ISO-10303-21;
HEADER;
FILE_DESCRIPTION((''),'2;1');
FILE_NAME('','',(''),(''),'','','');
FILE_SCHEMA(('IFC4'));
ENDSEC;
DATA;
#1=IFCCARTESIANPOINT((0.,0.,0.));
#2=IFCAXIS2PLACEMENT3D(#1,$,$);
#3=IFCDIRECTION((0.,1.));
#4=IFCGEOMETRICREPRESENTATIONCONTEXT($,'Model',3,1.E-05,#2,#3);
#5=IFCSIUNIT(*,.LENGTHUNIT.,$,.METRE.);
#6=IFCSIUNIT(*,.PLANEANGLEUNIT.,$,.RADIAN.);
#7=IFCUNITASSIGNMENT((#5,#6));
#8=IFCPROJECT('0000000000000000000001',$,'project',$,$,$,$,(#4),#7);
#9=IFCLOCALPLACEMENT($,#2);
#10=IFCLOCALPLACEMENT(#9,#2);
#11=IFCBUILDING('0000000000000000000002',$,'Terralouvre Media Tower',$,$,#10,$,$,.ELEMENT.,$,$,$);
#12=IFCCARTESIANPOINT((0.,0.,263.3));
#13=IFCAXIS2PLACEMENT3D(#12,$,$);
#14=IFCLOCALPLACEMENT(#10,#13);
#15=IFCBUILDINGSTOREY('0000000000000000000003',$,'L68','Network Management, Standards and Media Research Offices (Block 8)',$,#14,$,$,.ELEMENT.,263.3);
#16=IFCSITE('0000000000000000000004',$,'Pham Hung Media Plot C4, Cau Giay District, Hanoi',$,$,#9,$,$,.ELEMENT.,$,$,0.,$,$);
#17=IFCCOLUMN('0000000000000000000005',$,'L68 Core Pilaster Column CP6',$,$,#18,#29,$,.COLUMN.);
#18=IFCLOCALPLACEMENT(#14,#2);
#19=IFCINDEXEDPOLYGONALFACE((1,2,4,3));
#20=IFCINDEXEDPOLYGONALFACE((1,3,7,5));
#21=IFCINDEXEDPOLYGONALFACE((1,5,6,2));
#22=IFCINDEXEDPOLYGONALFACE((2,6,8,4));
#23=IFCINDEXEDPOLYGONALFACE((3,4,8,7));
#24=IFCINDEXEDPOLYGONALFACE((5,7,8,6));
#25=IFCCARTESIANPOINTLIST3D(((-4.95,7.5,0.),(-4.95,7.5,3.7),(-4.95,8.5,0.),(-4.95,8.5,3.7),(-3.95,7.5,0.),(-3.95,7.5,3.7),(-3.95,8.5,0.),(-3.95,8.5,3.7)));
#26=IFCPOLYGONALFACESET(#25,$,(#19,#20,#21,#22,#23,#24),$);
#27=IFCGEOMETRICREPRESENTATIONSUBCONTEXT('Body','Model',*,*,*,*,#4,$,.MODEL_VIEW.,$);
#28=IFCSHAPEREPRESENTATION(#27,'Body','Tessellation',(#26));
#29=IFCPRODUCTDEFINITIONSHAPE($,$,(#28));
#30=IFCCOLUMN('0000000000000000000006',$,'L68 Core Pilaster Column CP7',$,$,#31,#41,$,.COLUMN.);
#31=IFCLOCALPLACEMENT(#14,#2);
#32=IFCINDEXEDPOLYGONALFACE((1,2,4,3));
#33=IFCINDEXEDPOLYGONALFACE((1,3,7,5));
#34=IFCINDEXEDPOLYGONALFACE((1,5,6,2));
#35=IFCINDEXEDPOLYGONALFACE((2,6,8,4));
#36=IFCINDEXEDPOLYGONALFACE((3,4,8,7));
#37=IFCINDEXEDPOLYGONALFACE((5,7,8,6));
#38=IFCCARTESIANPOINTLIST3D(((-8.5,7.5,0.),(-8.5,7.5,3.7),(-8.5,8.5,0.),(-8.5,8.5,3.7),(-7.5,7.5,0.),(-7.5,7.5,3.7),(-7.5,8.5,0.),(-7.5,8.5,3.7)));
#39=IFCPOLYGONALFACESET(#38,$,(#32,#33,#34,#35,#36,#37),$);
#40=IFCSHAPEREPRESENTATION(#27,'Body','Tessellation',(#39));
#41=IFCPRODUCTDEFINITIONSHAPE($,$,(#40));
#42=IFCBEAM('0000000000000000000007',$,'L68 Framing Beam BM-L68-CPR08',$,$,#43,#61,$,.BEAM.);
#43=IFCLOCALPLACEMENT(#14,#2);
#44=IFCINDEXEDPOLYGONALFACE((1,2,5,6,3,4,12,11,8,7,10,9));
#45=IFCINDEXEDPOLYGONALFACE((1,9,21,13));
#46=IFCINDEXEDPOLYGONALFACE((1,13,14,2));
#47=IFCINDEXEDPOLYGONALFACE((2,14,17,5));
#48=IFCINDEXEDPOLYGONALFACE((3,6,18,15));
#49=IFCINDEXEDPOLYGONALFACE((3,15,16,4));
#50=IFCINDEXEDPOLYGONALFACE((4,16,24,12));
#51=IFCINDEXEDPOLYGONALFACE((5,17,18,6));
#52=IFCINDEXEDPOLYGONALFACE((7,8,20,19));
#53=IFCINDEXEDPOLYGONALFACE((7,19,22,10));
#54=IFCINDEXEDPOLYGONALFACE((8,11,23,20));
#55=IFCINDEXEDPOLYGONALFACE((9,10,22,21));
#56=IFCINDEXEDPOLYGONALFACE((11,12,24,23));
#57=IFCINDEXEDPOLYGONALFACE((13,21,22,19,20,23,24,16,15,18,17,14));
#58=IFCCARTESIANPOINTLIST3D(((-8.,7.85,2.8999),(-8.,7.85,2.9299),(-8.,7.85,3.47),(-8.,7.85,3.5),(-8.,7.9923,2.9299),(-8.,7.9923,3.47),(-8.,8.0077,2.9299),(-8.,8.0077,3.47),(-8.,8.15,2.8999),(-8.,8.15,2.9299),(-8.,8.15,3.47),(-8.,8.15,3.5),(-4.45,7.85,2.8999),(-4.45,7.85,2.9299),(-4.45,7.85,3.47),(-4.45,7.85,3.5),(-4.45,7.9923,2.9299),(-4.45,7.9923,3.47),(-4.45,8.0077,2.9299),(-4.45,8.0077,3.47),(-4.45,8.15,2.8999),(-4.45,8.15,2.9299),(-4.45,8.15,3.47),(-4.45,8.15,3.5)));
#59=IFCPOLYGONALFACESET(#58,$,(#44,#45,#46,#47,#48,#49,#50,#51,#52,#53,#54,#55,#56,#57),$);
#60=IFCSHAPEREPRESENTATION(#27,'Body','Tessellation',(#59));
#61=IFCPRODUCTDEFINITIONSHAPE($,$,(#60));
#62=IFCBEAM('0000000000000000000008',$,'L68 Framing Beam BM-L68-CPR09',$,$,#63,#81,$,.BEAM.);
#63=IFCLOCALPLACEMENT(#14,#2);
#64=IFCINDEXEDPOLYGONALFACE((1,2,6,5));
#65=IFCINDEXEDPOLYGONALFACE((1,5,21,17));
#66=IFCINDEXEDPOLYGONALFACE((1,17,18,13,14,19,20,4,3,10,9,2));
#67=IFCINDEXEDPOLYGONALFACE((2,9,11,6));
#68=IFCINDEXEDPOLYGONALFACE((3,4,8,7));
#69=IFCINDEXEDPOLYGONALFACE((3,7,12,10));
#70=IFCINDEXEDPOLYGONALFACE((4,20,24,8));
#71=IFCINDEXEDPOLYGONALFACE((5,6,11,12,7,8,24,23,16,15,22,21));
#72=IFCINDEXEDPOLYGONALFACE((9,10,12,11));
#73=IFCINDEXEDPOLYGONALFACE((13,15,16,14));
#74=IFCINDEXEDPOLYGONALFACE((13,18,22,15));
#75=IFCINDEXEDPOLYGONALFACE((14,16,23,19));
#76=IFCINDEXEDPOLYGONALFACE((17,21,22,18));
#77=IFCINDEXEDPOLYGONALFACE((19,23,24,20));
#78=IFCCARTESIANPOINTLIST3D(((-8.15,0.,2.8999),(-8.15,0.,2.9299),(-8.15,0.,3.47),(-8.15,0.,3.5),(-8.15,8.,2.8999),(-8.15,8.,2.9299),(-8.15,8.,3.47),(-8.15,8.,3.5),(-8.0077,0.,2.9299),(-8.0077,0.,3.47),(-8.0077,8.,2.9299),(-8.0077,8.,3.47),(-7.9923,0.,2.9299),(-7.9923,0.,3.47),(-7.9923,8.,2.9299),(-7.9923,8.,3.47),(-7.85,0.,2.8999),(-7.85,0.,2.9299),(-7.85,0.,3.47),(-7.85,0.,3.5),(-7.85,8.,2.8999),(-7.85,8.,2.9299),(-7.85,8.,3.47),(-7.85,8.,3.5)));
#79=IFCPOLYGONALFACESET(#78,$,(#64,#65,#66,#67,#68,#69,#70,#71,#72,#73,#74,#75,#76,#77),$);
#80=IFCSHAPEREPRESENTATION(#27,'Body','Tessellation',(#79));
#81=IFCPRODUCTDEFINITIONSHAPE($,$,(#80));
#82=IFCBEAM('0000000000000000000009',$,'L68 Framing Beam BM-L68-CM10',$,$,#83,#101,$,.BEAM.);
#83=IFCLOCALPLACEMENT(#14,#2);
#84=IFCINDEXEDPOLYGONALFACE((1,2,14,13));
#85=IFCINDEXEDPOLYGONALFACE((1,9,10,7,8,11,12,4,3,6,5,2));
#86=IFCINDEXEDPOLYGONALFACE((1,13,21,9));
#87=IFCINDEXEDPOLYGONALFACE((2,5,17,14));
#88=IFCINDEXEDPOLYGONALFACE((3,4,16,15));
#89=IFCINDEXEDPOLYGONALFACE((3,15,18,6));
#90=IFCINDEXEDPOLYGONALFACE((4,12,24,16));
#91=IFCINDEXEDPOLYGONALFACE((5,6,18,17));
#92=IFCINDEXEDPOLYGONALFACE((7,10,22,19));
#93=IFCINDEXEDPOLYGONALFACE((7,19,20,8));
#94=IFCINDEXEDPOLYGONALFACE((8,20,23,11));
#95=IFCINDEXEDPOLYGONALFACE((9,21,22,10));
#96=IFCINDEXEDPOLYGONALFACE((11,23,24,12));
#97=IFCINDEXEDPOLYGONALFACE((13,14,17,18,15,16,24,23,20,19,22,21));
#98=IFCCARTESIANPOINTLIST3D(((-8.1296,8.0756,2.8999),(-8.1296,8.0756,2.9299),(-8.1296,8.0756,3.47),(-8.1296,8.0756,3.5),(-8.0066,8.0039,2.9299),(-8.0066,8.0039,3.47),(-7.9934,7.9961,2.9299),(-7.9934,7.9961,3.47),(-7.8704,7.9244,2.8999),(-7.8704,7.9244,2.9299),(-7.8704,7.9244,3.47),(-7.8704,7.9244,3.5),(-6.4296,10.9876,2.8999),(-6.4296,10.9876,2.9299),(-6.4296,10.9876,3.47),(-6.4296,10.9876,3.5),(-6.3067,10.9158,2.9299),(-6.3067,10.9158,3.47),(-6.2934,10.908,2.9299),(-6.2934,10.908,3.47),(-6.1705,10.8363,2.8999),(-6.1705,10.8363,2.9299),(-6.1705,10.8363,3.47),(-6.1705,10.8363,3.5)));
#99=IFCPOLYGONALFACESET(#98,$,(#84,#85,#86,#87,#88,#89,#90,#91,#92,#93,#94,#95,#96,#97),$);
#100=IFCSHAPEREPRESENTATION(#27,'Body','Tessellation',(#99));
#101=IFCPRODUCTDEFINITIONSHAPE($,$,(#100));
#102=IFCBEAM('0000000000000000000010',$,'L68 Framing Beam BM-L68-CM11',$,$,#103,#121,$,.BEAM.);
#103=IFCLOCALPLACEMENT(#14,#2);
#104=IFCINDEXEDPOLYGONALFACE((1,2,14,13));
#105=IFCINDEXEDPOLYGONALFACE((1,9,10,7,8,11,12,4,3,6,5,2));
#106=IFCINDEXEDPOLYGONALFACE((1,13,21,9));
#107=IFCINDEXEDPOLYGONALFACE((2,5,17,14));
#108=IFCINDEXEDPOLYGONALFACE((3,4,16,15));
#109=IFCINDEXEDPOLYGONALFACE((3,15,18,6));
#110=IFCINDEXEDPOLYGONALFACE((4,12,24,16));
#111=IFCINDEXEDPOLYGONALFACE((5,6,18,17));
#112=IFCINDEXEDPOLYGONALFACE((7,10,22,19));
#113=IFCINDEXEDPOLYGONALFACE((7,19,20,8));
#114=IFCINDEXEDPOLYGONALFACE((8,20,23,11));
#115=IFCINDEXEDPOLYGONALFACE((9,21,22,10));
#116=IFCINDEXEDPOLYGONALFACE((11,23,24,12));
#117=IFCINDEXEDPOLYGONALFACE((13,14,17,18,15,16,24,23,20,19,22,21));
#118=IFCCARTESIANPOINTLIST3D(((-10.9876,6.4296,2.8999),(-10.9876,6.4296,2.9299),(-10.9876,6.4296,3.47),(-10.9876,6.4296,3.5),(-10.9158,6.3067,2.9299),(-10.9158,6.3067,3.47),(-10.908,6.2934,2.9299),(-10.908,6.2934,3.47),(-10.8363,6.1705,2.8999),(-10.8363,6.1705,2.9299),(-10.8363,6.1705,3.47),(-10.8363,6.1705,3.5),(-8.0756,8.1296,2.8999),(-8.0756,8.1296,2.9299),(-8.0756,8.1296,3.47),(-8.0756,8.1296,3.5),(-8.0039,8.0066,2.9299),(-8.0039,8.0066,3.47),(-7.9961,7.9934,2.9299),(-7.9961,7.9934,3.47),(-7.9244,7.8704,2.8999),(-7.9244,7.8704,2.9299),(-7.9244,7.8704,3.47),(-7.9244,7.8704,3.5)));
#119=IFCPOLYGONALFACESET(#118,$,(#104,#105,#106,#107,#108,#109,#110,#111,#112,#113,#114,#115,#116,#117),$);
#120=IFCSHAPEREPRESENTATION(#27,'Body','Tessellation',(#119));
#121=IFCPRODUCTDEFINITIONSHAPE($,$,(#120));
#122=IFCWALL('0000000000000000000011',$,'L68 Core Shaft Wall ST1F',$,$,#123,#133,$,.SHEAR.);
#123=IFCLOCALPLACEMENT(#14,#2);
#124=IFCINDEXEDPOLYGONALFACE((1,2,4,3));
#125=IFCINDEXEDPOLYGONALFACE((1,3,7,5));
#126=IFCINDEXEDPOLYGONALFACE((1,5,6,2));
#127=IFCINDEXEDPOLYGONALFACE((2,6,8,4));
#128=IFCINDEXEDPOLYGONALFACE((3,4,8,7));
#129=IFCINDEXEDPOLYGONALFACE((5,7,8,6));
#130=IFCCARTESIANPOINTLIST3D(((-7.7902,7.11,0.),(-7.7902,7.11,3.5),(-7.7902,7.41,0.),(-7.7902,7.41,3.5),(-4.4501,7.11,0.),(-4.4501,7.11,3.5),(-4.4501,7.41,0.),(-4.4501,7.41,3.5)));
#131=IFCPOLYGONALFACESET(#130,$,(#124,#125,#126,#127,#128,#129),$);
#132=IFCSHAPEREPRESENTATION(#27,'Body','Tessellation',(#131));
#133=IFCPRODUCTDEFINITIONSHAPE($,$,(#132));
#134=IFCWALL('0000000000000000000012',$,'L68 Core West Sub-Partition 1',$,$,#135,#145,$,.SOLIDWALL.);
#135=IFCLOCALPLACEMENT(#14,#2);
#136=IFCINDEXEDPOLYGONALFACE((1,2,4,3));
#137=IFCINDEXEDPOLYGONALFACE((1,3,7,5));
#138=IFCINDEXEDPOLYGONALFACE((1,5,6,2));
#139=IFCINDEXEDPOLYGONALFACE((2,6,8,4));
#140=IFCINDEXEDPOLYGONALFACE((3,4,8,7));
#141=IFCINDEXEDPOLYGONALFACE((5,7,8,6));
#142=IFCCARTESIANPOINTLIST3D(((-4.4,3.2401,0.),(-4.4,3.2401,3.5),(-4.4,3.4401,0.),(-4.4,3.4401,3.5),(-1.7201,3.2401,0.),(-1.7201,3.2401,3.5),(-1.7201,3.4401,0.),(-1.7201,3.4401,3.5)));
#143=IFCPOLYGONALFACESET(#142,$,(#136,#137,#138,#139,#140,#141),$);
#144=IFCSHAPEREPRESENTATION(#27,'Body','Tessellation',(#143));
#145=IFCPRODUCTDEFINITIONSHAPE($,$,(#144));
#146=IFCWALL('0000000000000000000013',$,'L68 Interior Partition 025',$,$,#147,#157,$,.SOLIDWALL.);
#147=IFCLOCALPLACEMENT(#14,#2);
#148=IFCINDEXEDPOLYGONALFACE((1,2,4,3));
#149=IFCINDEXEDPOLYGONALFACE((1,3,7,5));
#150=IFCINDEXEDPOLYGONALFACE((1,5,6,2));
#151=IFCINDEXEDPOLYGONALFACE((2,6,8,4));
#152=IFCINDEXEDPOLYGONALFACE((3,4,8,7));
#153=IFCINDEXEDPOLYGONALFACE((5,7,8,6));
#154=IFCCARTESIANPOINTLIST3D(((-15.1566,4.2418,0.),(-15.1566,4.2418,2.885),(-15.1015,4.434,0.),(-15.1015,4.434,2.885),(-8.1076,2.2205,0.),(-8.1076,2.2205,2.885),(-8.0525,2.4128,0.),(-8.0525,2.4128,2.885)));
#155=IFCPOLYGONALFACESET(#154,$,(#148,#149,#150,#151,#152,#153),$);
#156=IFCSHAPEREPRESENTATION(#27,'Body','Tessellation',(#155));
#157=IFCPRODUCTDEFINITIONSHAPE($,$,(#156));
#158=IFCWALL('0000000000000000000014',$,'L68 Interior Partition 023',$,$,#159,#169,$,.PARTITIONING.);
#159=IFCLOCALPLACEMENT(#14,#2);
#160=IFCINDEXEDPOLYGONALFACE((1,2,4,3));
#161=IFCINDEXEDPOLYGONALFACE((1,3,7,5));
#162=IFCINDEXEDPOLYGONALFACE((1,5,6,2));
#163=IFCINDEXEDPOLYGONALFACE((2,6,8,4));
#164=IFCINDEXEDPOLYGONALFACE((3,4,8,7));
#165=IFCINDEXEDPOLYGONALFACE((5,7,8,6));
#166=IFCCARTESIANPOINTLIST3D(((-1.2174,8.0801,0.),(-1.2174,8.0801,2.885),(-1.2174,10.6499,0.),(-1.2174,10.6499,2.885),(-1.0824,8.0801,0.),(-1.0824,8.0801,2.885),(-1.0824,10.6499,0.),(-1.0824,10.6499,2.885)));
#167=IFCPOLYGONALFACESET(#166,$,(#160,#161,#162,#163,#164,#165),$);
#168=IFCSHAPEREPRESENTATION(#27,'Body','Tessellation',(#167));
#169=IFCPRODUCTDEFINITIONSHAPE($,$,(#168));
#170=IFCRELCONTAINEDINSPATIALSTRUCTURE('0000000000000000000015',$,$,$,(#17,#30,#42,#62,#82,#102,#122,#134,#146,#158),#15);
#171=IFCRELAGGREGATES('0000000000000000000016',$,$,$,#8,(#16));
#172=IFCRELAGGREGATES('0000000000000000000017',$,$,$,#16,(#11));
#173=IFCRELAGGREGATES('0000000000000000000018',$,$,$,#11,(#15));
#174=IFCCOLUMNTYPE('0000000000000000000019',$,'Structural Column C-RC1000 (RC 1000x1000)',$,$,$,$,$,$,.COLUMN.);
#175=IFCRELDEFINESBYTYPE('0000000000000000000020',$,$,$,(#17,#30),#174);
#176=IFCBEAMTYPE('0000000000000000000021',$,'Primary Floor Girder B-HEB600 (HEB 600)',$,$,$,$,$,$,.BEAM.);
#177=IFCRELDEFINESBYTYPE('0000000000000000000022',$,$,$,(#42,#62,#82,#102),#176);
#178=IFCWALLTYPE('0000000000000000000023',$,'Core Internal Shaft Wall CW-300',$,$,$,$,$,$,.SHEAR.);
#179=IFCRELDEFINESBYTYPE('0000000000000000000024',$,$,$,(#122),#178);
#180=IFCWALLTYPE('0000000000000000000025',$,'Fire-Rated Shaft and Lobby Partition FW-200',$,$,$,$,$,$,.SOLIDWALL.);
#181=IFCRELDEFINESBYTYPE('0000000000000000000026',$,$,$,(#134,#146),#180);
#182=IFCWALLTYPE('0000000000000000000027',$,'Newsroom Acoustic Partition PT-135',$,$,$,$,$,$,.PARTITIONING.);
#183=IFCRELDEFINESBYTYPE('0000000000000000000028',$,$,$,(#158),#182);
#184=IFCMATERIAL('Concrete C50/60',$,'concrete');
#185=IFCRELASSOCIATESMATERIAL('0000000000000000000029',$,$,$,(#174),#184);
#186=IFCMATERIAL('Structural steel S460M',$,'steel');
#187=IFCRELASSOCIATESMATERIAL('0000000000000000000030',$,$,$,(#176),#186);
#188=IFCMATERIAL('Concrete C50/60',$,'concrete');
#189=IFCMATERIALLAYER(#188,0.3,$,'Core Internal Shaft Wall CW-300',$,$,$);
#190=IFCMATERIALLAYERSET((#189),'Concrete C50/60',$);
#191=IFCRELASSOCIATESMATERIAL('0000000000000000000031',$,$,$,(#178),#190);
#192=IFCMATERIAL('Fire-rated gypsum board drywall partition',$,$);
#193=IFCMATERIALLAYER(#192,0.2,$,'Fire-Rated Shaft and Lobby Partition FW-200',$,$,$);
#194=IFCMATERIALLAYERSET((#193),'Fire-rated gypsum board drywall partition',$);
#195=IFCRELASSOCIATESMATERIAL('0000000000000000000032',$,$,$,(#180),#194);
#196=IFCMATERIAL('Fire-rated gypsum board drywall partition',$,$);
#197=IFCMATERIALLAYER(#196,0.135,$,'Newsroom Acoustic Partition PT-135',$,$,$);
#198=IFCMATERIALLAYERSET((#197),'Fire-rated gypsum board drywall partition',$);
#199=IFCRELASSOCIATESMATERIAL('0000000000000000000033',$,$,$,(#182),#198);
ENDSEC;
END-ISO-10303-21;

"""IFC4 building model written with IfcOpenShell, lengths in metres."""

from ifc_helpers import new_model, si_unit, direction, frame, frame_2d, origin, origin_2d, place, context, subcontext, project, spatial, rectangle, i_section, extrude, material, layer, layer_set, material_profile, profile_set, type_object, element, save


model = new_model("IFC4")

# Units and contexts
model_context = context("Model", 3, precision=1e-05, world=origin(), true_north=direction((0.0, 1.0)))
body_context = subcontext(model_context, "Body", "Model", "MODEL_VIEW")
ifc_project = project(units=[si_unit("LENGTHUNIT", "METRE"), si_unit("PLANEANGLEUNIT", "RADIAN")], contexts=[model_context])

# Site, building, storey
site_placement = place(None, origin())
site = spatial("IfcSite", under=ifc_project, at=site_placement, Name="Pham Hung Media Plot C4, Cau Giay District, Hanoi", CompositionType="ELEMENT", RefElevation=0.0)
building_placement = place(site_placement, origin())
building = spatial("IfcBuilding", under=site, at=building_placement, Name="Terralouvre Media Tower", CompositionType="ELEMENT")
storey_placement = place(building_placement, frame((0.0, 0.0, 263.3)))
storey = spatial("IfcBuildingStorey", under=building, at=storey_placement, Name="L68", Description="Network Management, Standards and Media Research Offices (Block 8)", CompositionType="ELEMENT", Elevation=263.3)

# Columns
ifc_material_1 = material(Name="Concrete C50/60", Category="concrete")
ifc_material_profile_1 = material_profile(ifc_material_1, rectangle(XDim=1.0, YDim=1.0, at=origin_2d()), Name="RC 1000x1000")
ifc_profile_set_1 = profile_set([ifc_material_profile_1], Name="Concrete C50/60")
column_type = type_object("IfcColumnType", Name="Structural Column C-RC1000 (RC 1000x1000)", PredefinedType="COLUMN", material=ifc_profile_set_1)
for number, where, z_axis, x_axis, name in (
    (1, (-4.45, 8.0, 0.0), (0.0, 0.0, 1.0), (1.0, 0.0, 0.0), "L68 Core Pilaster Column CP6"),
    (2, (-8.0, 8.0, 0.0), (0.0, 0.0, 1.0), (1.0, 0.0, 0.0), "L68 Core Pilaster Column CP7"),
):
    element("IfcColumn", number, at=place(storey_placement, frame(where, z_axis=z_axis, x_axis=x_axis)), inside=storey, type_object=column_type, Name=name, PredefinedType="COLUMN", context=body_context, shape_type="SweptSolid", body=[
        extrude(rectangle(XDim=1.0, YDim=1.0, at=origin_2d()), origin(), (0.0, 0.0, 1.0), 3.7),
    ])

# Beams
ifc_material_2 = material(Name="Structural steel S460M", Category="steel")
ifc_material_profile_2 = material_profile(ifc_material_2, i_section(OverallWidth=0.3, OverallDepth=0.6001, WebThickness=0.0154, FlangeThickness=0.03, at=origin_2d()), Name="HEB 600")
ifc_profile_set_2 = profile_set([ifc_material_profile_2], Name="Structural steel S460M")
beam_type = type_object("IfcBeamType", Name="Primary Floor Girder B-HEB600 (HEB 600)", PredefinedType="BEAM", material=ifc_profile_set_2)
beam_1_placement = place(storey_placement, frame((-4.45, 8.0, 3.2), z_axis=(-1.0, 0.0, 0.0), x_axis=(0.0, -1.0, 0.0)))
element("IfcBeam", 3, at=beam_1_placement, inside=storey, type_object=beam_type, Name="L68 Framing Beam BM-L68-CPR08", PredefinedType="BEAM", context=body_context, shape_type="SweptSolid", body=[
    extrude(i_section(OverallWidth=0.3, OverallDepth=0.6001, WebThickness=0.0154, FlangeThickness=0.03, at=origin_2d()), origin(), (0.0, 0.0, 1.0), 3.55),
])
beam_2_placement = place(storey_placement, frame((-8.0, 8.0, 3.2), z_axis=(0.0, -1.0, 0.0), x_axis=(1.0, 0.0, 0.0)))
element("IfcBeam", 4, at=beam_2_placement, inside=storey, type_object=beam_type, Name="L68 Framing Beam BM-L68-CPR09", PredefinedType="BEAM", context=body_context, shape_type="SweptSolid", body=[
    extrude(i_section(OverallWidth=0.3, OverallDepth=0.6001, WebThickness=0.0154, FlangeThickness=0.03, at=origin_2d()), origin(), (0.0, 0.0, 1.0), 8.0),
])
for number, where, z_axis, x_axis, name in (
    (5, (-8.0, 8.0, 3.2), (0.504173, 0.863603, 0.0), (-0.863603, 0.504173, 0.0), "L68 Framing Beam BM-L68-CM10"),
    (6, (-8.0, 8.0, 3.2), (-0.863603, -0.504173, 0.0), (0.504173, -0.863603, 0.0), "L68 Framing Beam BM-L68-CM11"),
):
    element("IfcBeam", number, at=place(storey_placement, frame(where, z_axis=z_axis, x_axis=x_axis)), inside=storey, type_object=beam_type, Name=name, PredefinedType="BEAM", context=body_context, shape_type="SweptSolid", body=[
        extrude(i_section(OverallWidth=0.3, OverallDepth=0.6001, WebThickness=0.0154, FlangeThickness=0.03, at=origin_2d()), origin(), (0.0, 0.0, 1.0), 3.3718),
    ])

# Shared definitions
ifc_material_3 = material(Name="Concrete C50/60", Category="concrete")
ifc_layer_1 = layer(ifc_material_3, 0.3, Name="Core Internal Shaft Wall CW-300")
ifc_layer_set_1 = layer_set([ifc_layer_1], Name="Concrete C50/60")
wall_type_1 = type_object("IfcWallType", Name="Core Internal Shaft Wall CW-300", PredefinedType="SHEAR", material=ifc_layer_set_1)

# Wall
wall_1_placement = place(storey_placement, frame((-7.79, 7.26, 0.0), z_axis=(0.0, 0.0, 1.0), x_axis=(1.0, 0.0, 0.0)))
element("IfcWall", 7, at=wall_1_placement, inside=storey, type_object=wall_type_1, Name="L68 Core Shaft Wall ST1F", PredefinedType="SHEAR", context=body_context, shape_type="SweptSolid", body=[
    extrude(rectangle(XDim=3.3401, YDim=0.3, at=frame_2d((1.6699, 0.0))), origin(), (0.0, 0.0, 1.0), 3.5),
])

# Walls
ifc_material_4 = material(Name="Fire-rated gypsum board drywall partition")
ifc_layer_2 = layer(ifc_material_4, 0.2, Name="Fire-Rated Shaft and Lobby Partition FW-200")
ifc_layer_set_2 = layer_set([ifc_layer_2], Name="Fire-rated gypsum board drywall partition")
wall_type_2 = type_object("IfcWallType", Name="Fire-Rated Shaft and Lobby Partition FW-200", PredefinedType="SOLIDWALL", material=ifc_layer_set_2)
wall_2_placement = place(storey_placement, frame((-4.3999, 3.3401, 0.0), z_axis=(0.0, 0.0, 1.0), x_axis=(1.0, 0.0, 0.0)))
element("IfcWall", 8, at=wall_2_placement, inside=storey, type_object=wall_type_2, Name="L68 Core West Sub-Partition 1", PredefinedType="SOLIDWALL", context=body_context, shape_type="SweptSolid", body=[
    extrude(rectangle(XDim=2.6799, YDim=0.2, at=frame_2d((1.3398, 0.0))), origin(), (0.0, 0.0, 1.0), 3.5),
])
wall_3_placement = place(storey_placement, frame((-8.0801, 2.3167, 0.0), z_axis=(0.0, 0.0, 1.0), x_axis=(-0.961261, 0.27564, 0.0)))
element("IfcWall", 9, at=wall_3_placement, inside=storey, type_object=wall_type_2, Name="L68 Interior Partition 025", PredefinedType="SOLIDWALL", context=body_context, shape_type="SweptSolid", body=[
    extrude(rectangle(XDim=7.333, YDim=0.2, at=frame_2d((3.6665, 0.0))), origin(), (0.0, 0.0, 1.0), 2.885),
])
ifc_material_5 = material(Name="Fire-rated gypsum board drywall partition")
ifc_layer_3 = layer(ifc_material_5, 0.135, Name="Newsroom Acoustic Partition PT-135")
ifc_layer_set_3 = layer_set([ifc_layer_3], Name="Fire-rated gypsum board drywall partition")
wall_type_3 = type_object("IfcWallType", Name="Newsroom Acoustic Partition PT-135", PredefinedType="PARTITIONING", material=ifc_layer_set_3)
wall_4_placement = place(storey_placement, frame((-1.1499, 10.6499, 0.0), z_axis=(0.0, 0.0, 1.0), x_axis=(0.0, -1.0, 0.0)))
element("IfcWall", 10, at=wall_4_placement, inside=storey, type_object=wall_type_3, Name="L68 Interior Partition 023", PredefinedType="PARTITIONING", context=body_context, shape_type="SweptSolid", body=[
    extrude(rectangle(XDim=2.5698, YDim=0.135, at=frame_2d((1.2849, 0.0))), origin(), (0.0, 0.0, 1.0), 2.885),
])

save(model, "model.ifc")
